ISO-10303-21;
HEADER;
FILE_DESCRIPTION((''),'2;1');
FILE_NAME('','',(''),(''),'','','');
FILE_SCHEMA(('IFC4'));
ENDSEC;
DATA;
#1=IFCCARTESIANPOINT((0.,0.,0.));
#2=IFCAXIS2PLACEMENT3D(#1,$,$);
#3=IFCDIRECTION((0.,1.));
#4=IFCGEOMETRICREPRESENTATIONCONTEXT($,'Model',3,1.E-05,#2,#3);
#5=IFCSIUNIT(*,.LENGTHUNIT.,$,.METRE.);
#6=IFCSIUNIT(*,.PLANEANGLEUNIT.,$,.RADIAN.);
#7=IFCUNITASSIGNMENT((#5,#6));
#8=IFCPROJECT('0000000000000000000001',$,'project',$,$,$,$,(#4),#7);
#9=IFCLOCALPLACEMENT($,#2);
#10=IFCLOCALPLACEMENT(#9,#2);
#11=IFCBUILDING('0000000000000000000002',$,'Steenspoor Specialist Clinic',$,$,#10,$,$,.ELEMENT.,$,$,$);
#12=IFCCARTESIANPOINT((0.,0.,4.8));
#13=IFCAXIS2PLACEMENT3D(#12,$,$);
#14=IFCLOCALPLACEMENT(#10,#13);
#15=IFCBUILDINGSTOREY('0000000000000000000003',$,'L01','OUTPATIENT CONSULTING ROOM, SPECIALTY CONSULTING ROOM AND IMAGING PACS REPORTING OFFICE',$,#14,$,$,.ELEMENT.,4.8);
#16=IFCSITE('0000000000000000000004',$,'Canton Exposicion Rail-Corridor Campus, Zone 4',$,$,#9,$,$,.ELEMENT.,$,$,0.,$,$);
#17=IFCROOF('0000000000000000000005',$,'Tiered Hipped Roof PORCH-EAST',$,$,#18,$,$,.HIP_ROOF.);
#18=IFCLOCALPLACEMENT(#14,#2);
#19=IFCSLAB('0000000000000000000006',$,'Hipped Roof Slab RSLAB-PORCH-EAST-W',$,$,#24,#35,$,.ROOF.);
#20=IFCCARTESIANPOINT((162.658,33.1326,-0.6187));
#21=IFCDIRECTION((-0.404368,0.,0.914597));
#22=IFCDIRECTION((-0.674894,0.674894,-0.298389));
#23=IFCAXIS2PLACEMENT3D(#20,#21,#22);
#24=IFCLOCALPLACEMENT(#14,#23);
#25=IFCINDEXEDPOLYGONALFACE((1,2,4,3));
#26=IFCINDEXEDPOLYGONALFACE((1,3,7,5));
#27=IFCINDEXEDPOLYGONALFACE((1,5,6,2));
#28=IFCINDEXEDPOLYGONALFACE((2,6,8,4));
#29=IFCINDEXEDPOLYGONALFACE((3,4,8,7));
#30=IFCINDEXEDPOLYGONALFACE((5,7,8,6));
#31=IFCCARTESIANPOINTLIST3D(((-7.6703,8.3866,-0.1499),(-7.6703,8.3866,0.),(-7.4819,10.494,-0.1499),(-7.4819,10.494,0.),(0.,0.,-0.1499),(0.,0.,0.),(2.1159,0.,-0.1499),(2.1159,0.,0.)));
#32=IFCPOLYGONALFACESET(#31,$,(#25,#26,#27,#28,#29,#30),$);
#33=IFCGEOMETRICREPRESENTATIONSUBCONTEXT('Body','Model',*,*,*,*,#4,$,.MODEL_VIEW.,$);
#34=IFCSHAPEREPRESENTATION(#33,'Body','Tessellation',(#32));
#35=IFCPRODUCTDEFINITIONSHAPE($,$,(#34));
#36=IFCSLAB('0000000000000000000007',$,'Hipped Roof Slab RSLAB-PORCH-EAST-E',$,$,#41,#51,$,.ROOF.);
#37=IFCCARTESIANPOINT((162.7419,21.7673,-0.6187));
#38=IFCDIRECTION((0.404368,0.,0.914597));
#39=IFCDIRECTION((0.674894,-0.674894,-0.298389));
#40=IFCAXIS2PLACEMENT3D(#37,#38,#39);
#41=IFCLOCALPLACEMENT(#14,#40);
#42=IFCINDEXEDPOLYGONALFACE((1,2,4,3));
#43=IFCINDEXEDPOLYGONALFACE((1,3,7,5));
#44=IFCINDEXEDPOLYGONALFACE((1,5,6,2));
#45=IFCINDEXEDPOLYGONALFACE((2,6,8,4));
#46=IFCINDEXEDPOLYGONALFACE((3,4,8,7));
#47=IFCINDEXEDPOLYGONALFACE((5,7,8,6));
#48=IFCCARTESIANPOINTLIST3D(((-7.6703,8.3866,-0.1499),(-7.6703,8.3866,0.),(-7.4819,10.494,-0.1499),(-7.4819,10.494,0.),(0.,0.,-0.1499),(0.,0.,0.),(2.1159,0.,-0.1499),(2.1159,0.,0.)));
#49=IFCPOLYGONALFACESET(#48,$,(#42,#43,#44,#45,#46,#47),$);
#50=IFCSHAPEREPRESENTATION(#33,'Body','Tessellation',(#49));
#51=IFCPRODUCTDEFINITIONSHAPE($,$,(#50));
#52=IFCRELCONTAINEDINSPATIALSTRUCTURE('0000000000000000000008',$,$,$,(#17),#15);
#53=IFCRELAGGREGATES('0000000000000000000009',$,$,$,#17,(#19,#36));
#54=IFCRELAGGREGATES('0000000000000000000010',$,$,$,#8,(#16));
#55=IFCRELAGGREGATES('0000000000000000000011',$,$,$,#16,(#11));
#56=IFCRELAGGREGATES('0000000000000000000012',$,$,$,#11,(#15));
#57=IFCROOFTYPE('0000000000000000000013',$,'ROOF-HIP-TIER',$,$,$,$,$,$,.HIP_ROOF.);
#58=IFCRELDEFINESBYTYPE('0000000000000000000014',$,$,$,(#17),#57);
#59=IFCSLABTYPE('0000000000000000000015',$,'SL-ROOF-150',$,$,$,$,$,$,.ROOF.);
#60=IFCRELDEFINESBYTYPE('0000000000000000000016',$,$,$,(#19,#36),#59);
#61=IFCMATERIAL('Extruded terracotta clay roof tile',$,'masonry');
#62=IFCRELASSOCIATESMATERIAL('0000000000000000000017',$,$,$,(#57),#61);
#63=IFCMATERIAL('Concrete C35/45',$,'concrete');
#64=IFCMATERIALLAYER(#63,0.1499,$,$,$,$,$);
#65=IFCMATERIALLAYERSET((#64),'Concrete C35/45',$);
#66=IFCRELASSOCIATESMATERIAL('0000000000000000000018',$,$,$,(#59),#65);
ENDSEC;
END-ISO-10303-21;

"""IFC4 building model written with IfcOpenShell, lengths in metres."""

from ifc_helpers import new_model, si_unit, direction, frame, origin, place, context, subcontext, project, spatial, polyline, outline, extrude, material, layer, layer_set, type_object, element, aggregate, save


model = new_model("IFC4")

# Units and contexts
model_context = context("Model", 3, precision=1e-05, world=origin(), true_north=direction((0.0, 1.0)))
body_context = subcontext(model_context, "Body", "Model", "MODEL_VIEW")
ifc_project = project(units=[si_unit("LENGTHUNIT", "METRE"), si_unit("PLANEANGLEUNIT", "RADIAN")], contexts=[model_context])

# Site, building, storey
site_placement = place(None, origin())
site = spatial("IfcSite", under=ifc_project, at=site_placement, Name="Canton Exposicion Rail-Corridor Campus, Zone 4", CompositionType="ELEMENT", RefElevation=0.0)
building_placement = place(site_placement, origin())
building = spatial("IfcBuilding", under=site, at=building_placement, Name="Steenspoor Specialist Clinic", CompositionType="ELEMENT")
storey_placement = place(building_placement, frame((0.0, 0.0, 4.8)))
storey = spatial("IfcBuildingStorey", under=building, at=storey_placement, Name="L01", Description="OUTPATIENT CONSULTING ROOM, SPECIALTY CONSULTING ROOM AND IMAGING PACS REPORTING OFFICE", CompositionType="ELEMENT", Elevation=4.8)

# Shared definitions
ifc_material_1 = material(Name="Concrete C35/45", Category="concrete")

# Roof, slabs
ifc_material_2 = material(Name="Extruded terracotta clay roof tile", Category="masonry")
roof_type = type_object("IfcRoofType", Name="ROOF-HIP-TIER", PredefinedType="HIP_ROOF", material=ifc_material_2)
roof_placement = place(storey_placement, origin())
roof = element("IfcRoof", 1, at=roof_placement, inside=storey, type_object=roof_type, Name="Tiered Hipped Roof PORCH-EAST", PredefinedType="HIP_ROOF")
ifc_layer_1 = layer(ifc_material_1, 0.1499)
ifc_layer_set_1 = layer_set([ifc_layer_1], Name="Concrete C35/45")
slab_type = type_object("IfcSlabType", Name="SL-ROOF-150", PredefinedType="ROOF", material=ifc_layer_set_1)
slab_1_placement = place(storey_placement, frame((162.658, 33.1326, -0.6187), z_axis=(-0.404368, 0.0, 0.914597), x_axis=(-0.674894, 0.674894, -0.298389)))
slab_1 = element("IfcSlab", 2, at=slab_1_placement, type_object=slab_type, Name="Hipped Roof Slab RSLAB-PORCH-EAST-W", PredefinedType="ROOF", context=body_context, shape_type="SweptSolid", body=[
    extrude(outline(polyline([(0.0, 0.0), (2.1159, 0.0), (-7.4819, 10.494), (-7.6703, 8.3866), (0.0, 0.0)])), origin(), (0.0, 0.0, -1.0), 0.1499),
])
slab_2_placement = place(storey_placement, frame((162.7419, 21.7673, -0.6187), z_axis=(0.404368, 0.0, 0.914597), x_axis=(0.674894, -0.674894, -0.298389)))
slab_2 = element("IfcSlab", 3, at=slab_2_placement, type_object=slab_type, Name="Hipped Roof Slab RSLAB-PORCH-EAST-E", PredefinedType="ROOF", context=body_context, shape_type="SweptSolid", body=[
    extrude(outline(polyline([(0.0, 0.0), (2.1159, 0.0), (-7.4819, 10.494), (-7.6703, 8.3866), (0.0, 0.0)])), origin(), (0.0, 0.0, -1.0), 0.1499),
])
aggregate(roof, [slab_1, slab_2])

save(model, "model.ifc")
